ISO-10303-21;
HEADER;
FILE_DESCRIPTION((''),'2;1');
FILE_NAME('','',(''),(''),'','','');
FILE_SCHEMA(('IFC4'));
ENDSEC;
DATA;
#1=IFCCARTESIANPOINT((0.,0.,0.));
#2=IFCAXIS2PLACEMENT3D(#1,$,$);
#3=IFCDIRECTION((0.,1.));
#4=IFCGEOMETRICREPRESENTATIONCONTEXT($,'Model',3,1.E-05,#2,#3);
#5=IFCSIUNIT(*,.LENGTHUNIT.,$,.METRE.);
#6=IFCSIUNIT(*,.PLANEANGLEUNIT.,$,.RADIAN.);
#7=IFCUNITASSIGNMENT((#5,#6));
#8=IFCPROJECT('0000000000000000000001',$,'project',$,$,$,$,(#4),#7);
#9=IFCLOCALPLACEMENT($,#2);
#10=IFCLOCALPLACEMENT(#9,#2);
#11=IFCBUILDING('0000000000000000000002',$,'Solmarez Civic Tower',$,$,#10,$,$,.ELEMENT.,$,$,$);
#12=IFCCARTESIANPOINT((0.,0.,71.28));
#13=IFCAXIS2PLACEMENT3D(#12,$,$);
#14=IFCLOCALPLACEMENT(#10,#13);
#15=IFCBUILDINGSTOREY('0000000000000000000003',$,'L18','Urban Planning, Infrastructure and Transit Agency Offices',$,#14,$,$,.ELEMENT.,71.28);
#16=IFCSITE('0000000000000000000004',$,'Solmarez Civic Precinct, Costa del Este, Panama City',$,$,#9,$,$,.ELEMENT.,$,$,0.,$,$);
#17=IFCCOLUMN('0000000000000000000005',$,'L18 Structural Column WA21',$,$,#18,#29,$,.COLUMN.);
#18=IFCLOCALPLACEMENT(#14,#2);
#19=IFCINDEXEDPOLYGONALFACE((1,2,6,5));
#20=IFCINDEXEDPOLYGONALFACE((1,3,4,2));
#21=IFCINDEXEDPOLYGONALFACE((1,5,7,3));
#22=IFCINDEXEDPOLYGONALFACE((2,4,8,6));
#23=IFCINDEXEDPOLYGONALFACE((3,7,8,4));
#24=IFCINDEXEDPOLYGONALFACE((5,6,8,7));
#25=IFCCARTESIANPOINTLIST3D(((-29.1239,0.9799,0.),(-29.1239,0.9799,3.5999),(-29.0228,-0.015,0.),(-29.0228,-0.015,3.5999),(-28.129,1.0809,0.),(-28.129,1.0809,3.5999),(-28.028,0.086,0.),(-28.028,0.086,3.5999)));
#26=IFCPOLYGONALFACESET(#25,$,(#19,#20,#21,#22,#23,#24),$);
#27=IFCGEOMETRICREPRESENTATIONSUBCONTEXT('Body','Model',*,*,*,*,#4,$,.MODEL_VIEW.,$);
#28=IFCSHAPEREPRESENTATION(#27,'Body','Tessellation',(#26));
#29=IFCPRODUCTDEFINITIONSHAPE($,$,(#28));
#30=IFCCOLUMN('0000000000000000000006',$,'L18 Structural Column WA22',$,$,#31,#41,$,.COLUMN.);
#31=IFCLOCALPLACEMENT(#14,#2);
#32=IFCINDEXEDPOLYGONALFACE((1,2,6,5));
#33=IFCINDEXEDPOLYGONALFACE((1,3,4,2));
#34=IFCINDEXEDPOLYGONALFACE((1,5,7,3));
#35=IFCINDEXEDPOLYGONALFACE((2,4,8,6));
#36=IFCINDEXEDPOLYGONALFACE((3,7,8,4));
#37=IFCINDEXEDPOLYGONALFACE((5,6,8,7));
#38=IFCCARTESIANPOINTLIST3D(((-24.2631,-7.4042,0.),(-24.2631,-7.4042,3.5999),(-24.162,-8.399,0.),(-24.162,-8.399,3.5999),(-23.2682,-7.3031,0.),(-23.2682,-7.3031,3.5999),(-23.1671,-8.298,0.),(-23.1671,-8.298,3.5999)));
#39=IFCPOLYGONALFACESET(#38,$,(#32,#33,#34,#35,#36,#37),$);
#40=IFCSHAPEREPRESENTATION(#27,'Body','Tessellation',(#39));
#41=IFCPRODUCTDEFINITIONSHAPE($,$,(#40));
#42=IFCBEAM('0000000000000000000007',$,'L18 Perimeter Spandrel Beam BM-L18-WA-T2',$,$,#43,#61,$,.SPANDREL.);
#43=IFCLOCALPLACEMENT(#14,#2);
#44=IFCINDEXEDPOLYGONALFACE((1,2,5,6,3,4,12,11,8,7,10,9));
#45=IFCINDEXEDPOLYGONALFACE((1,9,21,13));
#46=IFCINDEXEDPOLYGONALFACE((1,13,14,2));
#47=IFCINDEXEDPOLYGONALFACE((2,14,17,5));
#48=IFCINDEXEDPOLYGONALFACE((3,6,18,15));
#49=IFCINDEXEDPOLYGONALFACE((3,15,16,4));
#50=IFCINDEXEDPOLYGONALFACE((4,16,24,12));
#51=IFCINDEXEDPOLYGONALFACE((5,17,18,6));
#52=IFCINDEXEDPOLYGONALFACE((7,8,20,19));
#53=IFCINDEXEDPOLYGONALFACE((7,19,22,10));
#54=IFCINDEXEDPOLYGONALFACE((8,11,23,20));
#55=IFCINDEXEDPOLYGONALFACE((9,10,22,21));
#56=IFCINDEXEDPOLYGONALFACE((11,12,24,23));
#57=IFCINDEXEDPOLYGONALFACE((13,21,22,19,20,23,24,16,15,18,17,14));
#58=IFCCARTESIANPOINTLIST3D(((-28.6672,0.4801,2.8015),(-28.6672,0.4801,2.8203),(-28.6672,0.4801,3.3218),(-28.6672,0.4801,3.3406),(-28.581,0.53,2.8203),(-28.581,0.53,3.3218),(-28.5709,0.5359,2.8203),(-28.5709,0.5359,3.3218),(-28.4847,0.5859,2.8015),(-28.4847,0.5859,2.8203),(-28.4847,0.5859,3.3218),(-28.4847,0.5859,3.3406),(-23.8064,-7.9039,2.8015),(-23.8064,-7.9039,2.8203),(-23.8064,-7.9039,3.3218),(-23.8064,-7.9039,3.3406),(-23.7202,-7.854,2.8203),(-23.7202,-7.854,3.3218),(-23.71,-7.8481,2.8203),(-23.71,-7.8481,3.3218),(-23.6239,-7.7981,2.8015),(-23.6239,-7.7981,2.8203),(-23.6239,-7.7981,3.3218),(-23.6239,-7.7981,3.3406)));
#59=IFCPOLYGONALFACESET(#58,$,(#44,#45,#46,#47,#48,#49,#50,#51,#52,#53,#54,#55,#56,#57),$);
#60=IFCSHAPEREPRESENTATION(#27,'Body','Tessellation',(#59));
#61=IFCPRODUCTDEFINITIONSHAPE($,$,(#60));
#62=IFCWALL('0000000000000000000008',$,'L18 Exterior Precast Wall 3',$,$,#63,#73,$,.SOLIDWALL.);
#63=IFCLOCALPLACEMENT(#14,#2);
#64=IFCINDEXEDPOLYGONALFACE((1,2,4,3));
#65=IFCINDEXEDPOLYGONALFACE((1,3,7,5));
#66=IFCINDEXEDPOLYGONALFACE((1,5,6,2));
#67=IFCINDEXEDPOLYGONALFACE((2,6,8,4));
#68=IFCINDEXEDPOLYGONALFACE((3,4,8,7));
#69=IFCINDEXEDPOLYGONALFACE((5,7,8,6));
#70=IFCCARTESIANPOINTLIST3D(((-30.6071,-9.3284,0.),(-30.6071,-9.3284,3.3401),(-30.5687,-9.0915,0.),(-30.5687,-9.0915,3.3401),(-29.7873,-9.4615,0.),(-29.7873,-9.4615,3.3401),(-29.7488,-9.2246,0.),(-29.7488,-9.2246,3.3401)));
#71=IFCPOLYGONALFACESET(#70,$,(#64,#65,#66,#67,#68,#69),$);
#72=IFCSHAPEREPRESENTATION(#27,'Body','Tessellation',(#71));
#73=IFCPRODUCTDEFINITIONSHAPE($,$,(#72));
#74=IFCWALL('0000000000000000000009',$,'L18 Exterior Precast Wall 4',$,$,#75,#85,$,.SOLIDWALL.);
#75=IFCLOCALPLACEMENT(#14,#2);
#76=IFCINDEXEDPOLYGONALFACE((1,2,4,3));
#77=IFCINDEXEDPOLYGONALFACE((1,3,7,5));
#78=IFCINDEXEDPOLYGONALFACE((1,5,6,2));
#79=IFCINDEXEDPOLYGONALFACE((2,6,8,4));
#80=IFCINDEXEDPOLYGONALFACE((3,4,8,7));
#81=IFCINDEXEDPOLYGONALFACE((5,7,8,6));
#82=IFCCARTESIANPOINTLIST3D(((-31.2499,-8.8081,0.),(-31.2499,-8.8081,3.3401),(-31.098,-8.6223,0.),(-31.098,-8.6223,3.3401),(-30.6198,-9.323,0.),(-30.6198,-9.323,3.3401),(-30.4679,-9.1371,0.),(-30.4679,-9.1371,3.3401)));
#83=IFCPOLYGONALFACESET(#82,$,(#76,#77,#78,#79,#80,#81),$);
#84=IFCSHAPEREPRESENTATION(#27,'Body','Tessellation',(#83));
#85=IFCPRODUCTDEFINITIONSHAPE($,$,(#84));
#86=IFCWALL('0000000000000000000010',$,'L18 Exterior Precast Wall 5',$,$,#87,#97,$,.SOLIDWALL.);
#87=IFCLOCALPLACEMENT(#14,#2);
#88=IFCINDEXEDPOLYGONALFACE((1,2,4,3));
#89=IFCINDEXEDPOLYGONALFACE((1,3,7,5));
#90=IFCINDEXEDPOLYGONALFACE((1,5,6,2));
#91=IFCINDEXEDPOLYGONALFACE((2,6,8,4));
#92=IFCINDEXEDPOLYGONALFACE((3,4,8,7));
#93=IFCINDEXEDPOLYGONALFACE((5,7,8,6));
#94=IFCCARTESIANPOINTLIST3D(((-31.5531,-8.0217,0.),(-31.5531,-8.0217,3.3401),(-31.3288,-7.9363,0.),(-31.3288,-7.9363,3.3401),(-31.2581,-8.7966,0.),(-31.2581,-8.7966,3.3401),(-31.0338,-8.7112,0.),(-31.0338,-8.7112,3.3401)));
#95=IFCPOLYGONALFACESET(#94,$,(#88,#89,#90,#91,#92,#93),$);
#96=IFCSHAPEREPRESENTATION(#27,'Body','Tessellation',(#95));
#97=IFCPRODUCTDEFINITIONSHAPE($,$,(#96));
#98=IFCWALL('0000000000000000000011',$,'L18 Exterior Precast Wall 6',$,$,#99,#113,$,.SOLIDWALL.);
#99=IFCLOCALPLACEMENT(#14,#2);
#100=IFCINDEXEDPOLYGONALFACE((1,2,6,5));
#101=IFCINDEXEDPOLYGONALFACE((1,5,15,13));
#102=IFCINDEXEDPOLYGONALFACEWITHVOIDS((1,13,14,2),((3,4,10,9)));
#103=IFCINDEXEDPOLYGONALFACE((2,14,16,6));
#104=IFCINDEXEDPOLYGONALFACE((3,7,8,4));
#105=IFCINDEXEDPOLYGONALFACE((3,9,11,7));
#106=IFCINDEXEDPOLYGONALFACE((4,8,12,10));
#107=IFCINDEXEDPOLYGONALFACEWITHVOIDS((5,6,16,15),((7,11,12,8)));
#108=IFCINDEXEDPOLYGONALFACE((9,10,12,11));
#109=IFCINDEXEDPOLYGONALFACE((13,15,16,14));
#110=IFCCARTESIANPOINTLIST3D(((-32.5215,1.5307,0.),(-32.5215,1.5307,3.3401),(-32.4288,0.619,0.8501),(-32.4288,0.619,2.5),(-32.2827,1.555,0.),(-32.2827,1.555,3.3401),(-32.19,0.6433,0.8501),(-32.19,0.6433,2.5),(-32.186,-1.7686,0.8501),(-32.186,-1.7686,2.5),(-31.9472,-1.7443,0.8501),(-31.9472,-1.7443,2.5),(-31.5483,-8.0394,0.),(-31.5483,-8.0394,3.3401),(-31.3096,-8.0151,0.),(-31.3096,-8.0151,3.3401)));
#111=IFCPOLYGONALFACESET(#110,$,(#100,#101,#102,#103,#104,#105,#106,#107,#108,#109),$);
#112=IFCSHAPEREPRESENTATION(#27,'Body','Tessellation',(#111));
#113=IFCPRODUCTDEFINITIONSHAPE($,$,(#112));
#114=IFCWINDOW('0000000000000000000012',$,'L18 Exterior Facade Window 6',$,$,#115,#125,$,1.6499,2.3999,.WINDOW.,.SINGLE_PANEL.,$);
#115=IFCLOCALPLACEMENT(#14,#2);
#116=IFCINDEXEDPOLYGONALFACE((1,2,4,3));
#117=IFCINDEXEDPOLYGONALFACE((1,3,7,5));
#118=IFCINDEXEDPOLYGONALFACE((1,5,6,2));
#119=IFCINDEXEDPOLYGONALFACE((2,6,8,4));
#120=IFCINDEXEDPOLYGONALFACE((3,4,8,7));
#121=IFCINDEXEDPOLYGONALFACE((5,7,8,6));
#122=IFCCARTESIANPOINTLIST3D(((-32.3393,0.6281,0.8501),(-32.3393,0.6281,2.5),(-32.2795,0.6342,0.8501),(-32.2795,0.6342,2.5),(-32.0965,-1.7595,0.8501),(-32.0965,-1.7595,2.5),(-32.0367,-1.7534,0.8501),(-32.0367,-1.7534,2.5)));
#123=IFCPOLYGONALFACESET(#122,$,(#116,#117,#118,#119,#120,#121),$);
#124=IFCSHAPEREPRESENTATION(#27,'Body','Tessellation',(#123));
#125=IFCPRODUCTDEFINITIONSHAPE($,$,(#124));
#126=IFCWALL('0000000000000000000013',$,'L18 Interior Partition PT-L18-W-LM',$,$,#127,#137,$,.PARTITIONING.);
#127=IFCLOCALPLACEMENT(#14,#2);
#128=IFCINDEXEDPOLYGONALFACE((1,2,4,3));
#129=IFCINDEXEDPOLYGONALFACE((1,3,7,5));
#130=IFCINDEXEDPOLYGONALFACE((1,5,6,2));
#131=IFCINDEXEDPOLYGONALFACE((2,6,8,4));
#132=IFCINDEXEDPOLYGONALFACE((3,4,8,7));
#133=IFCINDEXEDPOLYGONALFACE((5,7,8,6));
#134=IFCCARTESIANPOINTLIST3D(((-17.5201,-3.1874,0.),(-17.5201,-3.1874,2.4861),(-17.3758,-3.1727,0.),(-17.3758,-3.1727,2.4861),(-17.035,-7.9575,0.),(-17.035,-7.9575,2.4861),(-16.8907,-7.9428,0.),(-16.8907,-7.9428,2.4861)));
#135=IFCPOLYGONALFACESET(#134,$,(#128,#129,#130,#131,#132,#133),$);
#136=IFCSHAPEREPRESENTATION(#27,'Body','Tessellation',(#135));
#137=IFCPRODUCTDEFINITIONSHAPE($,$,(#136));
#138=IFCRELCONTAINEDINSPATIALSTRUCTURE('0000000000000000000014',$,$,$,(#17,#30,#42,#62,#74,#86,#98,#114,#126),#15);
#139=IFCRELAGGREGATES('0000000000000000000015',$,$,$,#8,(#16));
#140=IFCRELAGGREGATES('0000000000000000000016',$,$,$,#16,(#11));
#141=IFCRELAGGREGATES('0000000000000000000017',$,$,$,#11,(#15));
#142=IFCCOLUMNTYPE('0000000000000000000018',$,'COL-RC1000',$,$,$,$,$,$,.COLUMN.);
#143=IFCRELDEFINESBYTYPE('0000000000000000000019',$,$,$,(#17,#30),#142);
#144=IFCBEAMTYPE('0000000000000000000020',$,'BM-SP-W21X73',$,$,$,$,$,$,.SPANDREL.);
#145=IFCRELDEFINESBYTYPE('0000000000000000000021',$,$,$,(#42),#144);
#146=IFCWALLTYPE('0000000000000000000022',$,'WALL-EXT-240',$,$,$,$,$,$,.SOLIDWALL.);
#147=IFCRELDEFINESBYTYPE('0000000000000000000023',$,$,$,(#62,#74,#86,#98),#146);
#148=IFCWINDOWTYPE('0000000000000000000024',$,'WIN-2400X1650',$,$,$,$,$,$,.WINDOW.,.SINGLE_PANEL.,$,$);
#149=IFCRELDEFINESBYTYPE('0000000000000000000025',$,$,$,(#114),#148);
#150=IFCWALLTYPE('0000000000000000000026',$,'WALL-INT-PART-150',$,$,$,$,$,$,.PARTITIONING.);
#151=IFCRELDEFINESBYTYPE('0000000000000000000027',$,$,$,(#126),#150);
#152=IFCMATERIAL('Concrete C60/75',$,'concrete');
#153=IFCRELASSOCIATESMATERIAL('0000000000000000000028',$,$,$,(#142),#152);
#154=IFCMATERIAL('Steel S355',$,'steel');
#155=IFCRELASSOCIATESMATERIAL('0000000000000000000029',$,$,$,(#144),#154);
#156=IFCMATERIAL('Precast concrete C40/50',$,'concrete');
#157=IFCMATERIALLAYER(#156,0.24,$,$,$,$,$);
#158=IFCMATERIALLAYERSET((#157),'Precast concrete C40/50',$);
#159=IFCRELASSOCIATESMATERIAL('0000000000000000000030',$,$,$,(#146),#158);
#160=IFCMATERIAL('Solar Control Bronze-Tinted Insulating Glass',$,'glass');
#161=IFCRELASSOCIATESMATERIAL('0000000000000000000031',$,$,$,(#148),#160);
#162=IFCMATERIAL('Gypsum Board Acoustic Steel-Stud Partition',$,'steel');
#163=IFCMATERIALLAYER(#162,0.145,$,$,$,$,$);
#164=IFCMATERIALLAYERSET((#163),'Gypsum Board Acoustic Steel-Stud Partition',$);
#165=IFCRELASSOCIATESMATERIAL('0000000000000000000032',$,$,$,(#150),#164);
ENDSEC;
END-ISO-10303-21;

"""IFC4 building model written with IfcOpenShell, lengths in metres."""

from ifc_helpers import new_model, si_unit, direction, frame, frame_2d, origin, origin_2d, place, context, subcontext, project, spatial, rectangle, i_section, extrude, material, layer, layer_set, material_profile, profile_set, type_object, element, fill, save


model = new_model("IFC4")

# Units and contexts
model_context = context("Model", 3, precision=1e-05, world=origin(), true_north=direction((0.0, 1.0)))
body_context = subcontext(model_context, "Body", "Model", "MODEL_VIEW")
ifc_project = project(units=[si_unit("LENGTHUNIT", "METRE"), si_unit("PLANEANGLEUNIT", "RADIAN")], contexts=[model_context])

# Site, building, storey
site_placement = place(None, origin())
site = spatial("IfcSite", under=ifc_project, at=site_placement, Name="Solmarez Civic Precinct, Costa del Este, Panama City", CompositionType="ELEMENT", RefElevation=0.0)
building_placement = place(site_placement, origin())
building = spatial("IfcBuilding", under=site, at=building_placement, Name="Solmarez Civic Tower", CompositionType="ELEMENT")
storey_placement = place(building_placement, frame((0.0, 0.0, 71.28)))
storey = spatial("IfcBuildingStorey", under=building, at=storey_placement, Name="L18", Description="Urban Planning, Infrastructure and Transit Agency Offices", CompositionType="ELEMENT", Elevation=71.28)

# Columns
ifc_material_1 = material(Name="Concrete C60/75", Category="concrete")
ifc_material_profile_1 = material_profile(ifc_material_1, rectangle(XDim=1.0, YDim=1.0, at=origin_2d()), Name="RC1000X1000")
ifc_profile_set_1 = profile_set([ifc_material_profile_1], Name="Concrete C60/75")
column_type = type_object("IfcColumnType", Name="COL-RC1000", PredefinedType="COLUMN", material=ifc_profile_set_1)
for number, where, z_axis, x_axis, name in (
    (1, (-28.5759, 0.533, 0.0), (0.0, 0.0, 1.0), (0.994881, 0.101056, 0.0), "L18 Structural Column WA21"),
    (2, (-23.7151, -7.8511, 0.0), (0.0, 0.0, 1.0), (0.994881, 0.101056, 0.0), "L18 Structural Column WA22"),
):
    element("IfcColumn", number, at=place(storey_placement, frame(where, z_axis=z_axis, x_axis=x_axis)), inside=storey, type_object=column_type, Name=name, PredefinedType="COLUMN", context=body_context, shape_type="SweptSolid", body=[
        extrude(rectangle(XDim=1.0, YDim=1.0, at=origin_2d()), origin(), (0.0, 0.0, 1.0), 3.5999),
    ])

# Beam
ifc_material_2 = material(Name="Steel S355", Category="steel")
ifc_material_profile_2 = material_profile(ifc_material_2, i_section(OverallWidth=0.2109, OverallDepth=0.5391, WebThickness=0.0117, FlangeThickness=0.0188, at=origin_2d()), Name="W21X73")
ifc_profile_set_2 = profile_set([ifc_material_profile_2], Name="Steel S355")
beam_type = type_object("IfcBeamType", Name="BM-SP-W21X73", PredefinedType="SPANDREL", material=ifc_profile_set_2)
beam_placement = place(storey_placement, frame((-28.5759, 0.533, 3.071), z_axis=(0.501571, -0.865116, 0.0), x_axis=(0.865116, 0.501571, 0.0)))
element("IfcBeam", 3, at=beam_placement, inside=storey, type_object=beam_type, Name="L18 Perimeter Spandrel Beam BM-L18-WA-T2", PredefinedType="SPANDREL", context=body_context, shape_type="SweptSolid", body=[
    extrude(i_section(OverallWidth=0.2109, OverallDepth=0.5391, WebThickness=0.0117, FlangeThickness=0.0188, at=origin_2d()), origin(), (0.0, 0.0, 1.0), 9.6912),
])

# Walls
ifc_material_3 = material(Name="Precast concrete C40/50", Category="concrete")
ifc_layer_1 = layer(ifc_material_3, 0.24)
ifc_layer_set_1 = layer_set([ifc_layer_1], Name="Precast concrete C40/50")
wall_type_1 = type_object("IfcWallType", Name="WALL-EXT-240", PredefinedType="SOLIDWALL", material=ifc_layer_set_1)
wall_1_placement = place(storey_placement, frame((-29.7681, -9.343, 0.0), z_axis=(0.0, 0.0, 1.0), x_axis=(-0.987084, 0.160203, 0.0)))
element("IfcWall", 4, at=wall_1_placement, inside=storey, type_object=wall_type_1, Name="L18 Exterior Precast Wall 3", PredefinedType="SOLIDWALL", context=body_context, shape_type="SweptSolid", body=[
    extrude(rectangle(XDim=0.8306, YDim=0.24, at=frame_2d((0.4153, 0.0))), origin(), (0.0, 0.0, 1.0), 3.3401),
])
wall_2_placement = place(storey_placement, frame((-30.5439, -9.23, 0.0), z_axis=(0.0, 0.0, 1.0), x_axis=(-0.774358, 0.632748, 0.0)))
element("IfcWall", 5, at=wall_2_placement, inside=storey, type_object=wall_type_1, Name="L18 Exterior Precast Wall 4", PredefinedType="SOLIDWALL", context=body_context, shape_type="SweptSolid", body=[
    extrude(rectangle(XDim=0.8137, YDim=0.24, at=frame_2d((0.4067, 0.0))), origin(), (0.0, 0.0, 1.0), 3.3401),
])
wall_3_placement = place(storey_placement, frame((-31.146, -8.7539, 0.0), z_axis=(0.0, 0.0, 1.0), x_axis=(-0.355701, 0.9346, 0.0)))
element("IfcWall", 6, at=wall_3_placement, inside=storey, type_object=wall_type_1, Name="L18 Exterior Precast Wall 5", PredefinedType="SOLIDWALL", context=body_context, shape_type="SweptSolid", body=[
    extrude(rectangle(XDim=0.8291, YDim=0.24, at=frame_2d((0.4146, 0.0))), origin(), (0.0, 0.0, 1.0), 3.3401),
])

# Wall, opening, window
wall_4_placement = place(storey_placement, frame((-31.429, -8.0271, 0.0), z_axis=(0.0, 0.0, 1.0), x_axis=(-0.101165, 0.99487, 0.0)))
wall_4 = element("IfcWall", 7, at=wall_4_placement, inside=storey, type_object=wall_type_1, Name="L18 Exterior Precast Wall 6", PredefinedType="SOLIDWALL", context=body_context, shape_type="SweptSolid", body=[
    extrude(rectangle(XDim=9.6194, YDim=0.24, at=frame_2d((4.8096, 0.0))), origin(), (0.0, 0.0, 1.0), 3.3401),
])
opening_1_placement = place(wall_4_placement, frame((6.303, 0.0, 0.8501)))
opening_1 = element("IfcOpeningElement", 8, at=opening_1_placement, cuts=wall_4, PredefinedType="OPENING", context=body_context, shape_type="SweptSolid", body=[
    extrude(rectangle(XDim=2.3999, YDim=1.6499, at=frame_2d((1.2, 0.825))), frame((0.0, 0.1299, 0.0), z_axis=(0.0, -1.0, 0.0), x_axis=(1.0, 0.0, 0.0)), (0.0, 0.0, 1.0), 0.26),
])
ifc_material_4 = material(Name="Solar Control Bronze-Tinted Insulating Glass", Category="glass")
window_type = type_object("IfcWindowType", Name="WIN-2400X1650", PartitioningType="SINGLE_PANEL", PredefinedType="WINDOW", material=ifc_material_4)
window_placement = place(opening_1_placement, origin())
window = element("IfcWindow", 9, at=window_placement, inside=storey, type_object=window_type, Name="L18 Exterior Facade Window 6", OverallHeight=1.6499, OverallWidth=2.3999, PartitioningType="SINGLE_PANEL", PredefinedType="WINDOW", context=body_context, shape_type="SweptSolid", body=[
    extrude(rectangle(XDim=2.3999, YDim=1.6499, at=frame_2d((1.2, 0.825))), frame((0.0, 0.03, 0.0), z_axis=(0.0, -1.0, 0.0), x_axis=(1.0, 0.0, 0.0)), (0.0, 0.0, 1.0), 0.0601),
])
fill(opening_1, window)

# Wall
ifc_material_5 = material(Name="Gypsum Board Acoustic Steel-Stud Partition", Category="steel")
ifc_layer_2 = layer(ifc_material_5, 0.145)
ifc_layer_set_2 = layer_set([ifc_layer_2], Name="Gypsum Board Acoustic Steel-Stud Partition")
wall_type_2 = type_object("IfcWallType", Name="WALL-INT-PART-150", PredefinedType="PARTITIONING", material=ifc_layer_set_2)
wall_5_placement = place(storey_placement, frame((-17.448, -3.1799, 0.0), z_axis=(0.0, 0.0, 1.0), x_axis=(0.101177, -0.994868, 0.0)))
element("IfcWall", 10, at=wall_5_placement, inside=storey, type_object=wall_type_2, Name="L18 Interior Partition PT-L18-W-LM", PredefinedType="PARTITIONING", context=body_context, shape_type="SweptSolid", body=[
    extrude(rectangle(XDim=4.7947, YDim=0.145, at=frame_2d((2.3975, 0.0))), origin(), (0.0, 0.0, 1.0), 2.4861),
])

save(model, "model.ifc")
